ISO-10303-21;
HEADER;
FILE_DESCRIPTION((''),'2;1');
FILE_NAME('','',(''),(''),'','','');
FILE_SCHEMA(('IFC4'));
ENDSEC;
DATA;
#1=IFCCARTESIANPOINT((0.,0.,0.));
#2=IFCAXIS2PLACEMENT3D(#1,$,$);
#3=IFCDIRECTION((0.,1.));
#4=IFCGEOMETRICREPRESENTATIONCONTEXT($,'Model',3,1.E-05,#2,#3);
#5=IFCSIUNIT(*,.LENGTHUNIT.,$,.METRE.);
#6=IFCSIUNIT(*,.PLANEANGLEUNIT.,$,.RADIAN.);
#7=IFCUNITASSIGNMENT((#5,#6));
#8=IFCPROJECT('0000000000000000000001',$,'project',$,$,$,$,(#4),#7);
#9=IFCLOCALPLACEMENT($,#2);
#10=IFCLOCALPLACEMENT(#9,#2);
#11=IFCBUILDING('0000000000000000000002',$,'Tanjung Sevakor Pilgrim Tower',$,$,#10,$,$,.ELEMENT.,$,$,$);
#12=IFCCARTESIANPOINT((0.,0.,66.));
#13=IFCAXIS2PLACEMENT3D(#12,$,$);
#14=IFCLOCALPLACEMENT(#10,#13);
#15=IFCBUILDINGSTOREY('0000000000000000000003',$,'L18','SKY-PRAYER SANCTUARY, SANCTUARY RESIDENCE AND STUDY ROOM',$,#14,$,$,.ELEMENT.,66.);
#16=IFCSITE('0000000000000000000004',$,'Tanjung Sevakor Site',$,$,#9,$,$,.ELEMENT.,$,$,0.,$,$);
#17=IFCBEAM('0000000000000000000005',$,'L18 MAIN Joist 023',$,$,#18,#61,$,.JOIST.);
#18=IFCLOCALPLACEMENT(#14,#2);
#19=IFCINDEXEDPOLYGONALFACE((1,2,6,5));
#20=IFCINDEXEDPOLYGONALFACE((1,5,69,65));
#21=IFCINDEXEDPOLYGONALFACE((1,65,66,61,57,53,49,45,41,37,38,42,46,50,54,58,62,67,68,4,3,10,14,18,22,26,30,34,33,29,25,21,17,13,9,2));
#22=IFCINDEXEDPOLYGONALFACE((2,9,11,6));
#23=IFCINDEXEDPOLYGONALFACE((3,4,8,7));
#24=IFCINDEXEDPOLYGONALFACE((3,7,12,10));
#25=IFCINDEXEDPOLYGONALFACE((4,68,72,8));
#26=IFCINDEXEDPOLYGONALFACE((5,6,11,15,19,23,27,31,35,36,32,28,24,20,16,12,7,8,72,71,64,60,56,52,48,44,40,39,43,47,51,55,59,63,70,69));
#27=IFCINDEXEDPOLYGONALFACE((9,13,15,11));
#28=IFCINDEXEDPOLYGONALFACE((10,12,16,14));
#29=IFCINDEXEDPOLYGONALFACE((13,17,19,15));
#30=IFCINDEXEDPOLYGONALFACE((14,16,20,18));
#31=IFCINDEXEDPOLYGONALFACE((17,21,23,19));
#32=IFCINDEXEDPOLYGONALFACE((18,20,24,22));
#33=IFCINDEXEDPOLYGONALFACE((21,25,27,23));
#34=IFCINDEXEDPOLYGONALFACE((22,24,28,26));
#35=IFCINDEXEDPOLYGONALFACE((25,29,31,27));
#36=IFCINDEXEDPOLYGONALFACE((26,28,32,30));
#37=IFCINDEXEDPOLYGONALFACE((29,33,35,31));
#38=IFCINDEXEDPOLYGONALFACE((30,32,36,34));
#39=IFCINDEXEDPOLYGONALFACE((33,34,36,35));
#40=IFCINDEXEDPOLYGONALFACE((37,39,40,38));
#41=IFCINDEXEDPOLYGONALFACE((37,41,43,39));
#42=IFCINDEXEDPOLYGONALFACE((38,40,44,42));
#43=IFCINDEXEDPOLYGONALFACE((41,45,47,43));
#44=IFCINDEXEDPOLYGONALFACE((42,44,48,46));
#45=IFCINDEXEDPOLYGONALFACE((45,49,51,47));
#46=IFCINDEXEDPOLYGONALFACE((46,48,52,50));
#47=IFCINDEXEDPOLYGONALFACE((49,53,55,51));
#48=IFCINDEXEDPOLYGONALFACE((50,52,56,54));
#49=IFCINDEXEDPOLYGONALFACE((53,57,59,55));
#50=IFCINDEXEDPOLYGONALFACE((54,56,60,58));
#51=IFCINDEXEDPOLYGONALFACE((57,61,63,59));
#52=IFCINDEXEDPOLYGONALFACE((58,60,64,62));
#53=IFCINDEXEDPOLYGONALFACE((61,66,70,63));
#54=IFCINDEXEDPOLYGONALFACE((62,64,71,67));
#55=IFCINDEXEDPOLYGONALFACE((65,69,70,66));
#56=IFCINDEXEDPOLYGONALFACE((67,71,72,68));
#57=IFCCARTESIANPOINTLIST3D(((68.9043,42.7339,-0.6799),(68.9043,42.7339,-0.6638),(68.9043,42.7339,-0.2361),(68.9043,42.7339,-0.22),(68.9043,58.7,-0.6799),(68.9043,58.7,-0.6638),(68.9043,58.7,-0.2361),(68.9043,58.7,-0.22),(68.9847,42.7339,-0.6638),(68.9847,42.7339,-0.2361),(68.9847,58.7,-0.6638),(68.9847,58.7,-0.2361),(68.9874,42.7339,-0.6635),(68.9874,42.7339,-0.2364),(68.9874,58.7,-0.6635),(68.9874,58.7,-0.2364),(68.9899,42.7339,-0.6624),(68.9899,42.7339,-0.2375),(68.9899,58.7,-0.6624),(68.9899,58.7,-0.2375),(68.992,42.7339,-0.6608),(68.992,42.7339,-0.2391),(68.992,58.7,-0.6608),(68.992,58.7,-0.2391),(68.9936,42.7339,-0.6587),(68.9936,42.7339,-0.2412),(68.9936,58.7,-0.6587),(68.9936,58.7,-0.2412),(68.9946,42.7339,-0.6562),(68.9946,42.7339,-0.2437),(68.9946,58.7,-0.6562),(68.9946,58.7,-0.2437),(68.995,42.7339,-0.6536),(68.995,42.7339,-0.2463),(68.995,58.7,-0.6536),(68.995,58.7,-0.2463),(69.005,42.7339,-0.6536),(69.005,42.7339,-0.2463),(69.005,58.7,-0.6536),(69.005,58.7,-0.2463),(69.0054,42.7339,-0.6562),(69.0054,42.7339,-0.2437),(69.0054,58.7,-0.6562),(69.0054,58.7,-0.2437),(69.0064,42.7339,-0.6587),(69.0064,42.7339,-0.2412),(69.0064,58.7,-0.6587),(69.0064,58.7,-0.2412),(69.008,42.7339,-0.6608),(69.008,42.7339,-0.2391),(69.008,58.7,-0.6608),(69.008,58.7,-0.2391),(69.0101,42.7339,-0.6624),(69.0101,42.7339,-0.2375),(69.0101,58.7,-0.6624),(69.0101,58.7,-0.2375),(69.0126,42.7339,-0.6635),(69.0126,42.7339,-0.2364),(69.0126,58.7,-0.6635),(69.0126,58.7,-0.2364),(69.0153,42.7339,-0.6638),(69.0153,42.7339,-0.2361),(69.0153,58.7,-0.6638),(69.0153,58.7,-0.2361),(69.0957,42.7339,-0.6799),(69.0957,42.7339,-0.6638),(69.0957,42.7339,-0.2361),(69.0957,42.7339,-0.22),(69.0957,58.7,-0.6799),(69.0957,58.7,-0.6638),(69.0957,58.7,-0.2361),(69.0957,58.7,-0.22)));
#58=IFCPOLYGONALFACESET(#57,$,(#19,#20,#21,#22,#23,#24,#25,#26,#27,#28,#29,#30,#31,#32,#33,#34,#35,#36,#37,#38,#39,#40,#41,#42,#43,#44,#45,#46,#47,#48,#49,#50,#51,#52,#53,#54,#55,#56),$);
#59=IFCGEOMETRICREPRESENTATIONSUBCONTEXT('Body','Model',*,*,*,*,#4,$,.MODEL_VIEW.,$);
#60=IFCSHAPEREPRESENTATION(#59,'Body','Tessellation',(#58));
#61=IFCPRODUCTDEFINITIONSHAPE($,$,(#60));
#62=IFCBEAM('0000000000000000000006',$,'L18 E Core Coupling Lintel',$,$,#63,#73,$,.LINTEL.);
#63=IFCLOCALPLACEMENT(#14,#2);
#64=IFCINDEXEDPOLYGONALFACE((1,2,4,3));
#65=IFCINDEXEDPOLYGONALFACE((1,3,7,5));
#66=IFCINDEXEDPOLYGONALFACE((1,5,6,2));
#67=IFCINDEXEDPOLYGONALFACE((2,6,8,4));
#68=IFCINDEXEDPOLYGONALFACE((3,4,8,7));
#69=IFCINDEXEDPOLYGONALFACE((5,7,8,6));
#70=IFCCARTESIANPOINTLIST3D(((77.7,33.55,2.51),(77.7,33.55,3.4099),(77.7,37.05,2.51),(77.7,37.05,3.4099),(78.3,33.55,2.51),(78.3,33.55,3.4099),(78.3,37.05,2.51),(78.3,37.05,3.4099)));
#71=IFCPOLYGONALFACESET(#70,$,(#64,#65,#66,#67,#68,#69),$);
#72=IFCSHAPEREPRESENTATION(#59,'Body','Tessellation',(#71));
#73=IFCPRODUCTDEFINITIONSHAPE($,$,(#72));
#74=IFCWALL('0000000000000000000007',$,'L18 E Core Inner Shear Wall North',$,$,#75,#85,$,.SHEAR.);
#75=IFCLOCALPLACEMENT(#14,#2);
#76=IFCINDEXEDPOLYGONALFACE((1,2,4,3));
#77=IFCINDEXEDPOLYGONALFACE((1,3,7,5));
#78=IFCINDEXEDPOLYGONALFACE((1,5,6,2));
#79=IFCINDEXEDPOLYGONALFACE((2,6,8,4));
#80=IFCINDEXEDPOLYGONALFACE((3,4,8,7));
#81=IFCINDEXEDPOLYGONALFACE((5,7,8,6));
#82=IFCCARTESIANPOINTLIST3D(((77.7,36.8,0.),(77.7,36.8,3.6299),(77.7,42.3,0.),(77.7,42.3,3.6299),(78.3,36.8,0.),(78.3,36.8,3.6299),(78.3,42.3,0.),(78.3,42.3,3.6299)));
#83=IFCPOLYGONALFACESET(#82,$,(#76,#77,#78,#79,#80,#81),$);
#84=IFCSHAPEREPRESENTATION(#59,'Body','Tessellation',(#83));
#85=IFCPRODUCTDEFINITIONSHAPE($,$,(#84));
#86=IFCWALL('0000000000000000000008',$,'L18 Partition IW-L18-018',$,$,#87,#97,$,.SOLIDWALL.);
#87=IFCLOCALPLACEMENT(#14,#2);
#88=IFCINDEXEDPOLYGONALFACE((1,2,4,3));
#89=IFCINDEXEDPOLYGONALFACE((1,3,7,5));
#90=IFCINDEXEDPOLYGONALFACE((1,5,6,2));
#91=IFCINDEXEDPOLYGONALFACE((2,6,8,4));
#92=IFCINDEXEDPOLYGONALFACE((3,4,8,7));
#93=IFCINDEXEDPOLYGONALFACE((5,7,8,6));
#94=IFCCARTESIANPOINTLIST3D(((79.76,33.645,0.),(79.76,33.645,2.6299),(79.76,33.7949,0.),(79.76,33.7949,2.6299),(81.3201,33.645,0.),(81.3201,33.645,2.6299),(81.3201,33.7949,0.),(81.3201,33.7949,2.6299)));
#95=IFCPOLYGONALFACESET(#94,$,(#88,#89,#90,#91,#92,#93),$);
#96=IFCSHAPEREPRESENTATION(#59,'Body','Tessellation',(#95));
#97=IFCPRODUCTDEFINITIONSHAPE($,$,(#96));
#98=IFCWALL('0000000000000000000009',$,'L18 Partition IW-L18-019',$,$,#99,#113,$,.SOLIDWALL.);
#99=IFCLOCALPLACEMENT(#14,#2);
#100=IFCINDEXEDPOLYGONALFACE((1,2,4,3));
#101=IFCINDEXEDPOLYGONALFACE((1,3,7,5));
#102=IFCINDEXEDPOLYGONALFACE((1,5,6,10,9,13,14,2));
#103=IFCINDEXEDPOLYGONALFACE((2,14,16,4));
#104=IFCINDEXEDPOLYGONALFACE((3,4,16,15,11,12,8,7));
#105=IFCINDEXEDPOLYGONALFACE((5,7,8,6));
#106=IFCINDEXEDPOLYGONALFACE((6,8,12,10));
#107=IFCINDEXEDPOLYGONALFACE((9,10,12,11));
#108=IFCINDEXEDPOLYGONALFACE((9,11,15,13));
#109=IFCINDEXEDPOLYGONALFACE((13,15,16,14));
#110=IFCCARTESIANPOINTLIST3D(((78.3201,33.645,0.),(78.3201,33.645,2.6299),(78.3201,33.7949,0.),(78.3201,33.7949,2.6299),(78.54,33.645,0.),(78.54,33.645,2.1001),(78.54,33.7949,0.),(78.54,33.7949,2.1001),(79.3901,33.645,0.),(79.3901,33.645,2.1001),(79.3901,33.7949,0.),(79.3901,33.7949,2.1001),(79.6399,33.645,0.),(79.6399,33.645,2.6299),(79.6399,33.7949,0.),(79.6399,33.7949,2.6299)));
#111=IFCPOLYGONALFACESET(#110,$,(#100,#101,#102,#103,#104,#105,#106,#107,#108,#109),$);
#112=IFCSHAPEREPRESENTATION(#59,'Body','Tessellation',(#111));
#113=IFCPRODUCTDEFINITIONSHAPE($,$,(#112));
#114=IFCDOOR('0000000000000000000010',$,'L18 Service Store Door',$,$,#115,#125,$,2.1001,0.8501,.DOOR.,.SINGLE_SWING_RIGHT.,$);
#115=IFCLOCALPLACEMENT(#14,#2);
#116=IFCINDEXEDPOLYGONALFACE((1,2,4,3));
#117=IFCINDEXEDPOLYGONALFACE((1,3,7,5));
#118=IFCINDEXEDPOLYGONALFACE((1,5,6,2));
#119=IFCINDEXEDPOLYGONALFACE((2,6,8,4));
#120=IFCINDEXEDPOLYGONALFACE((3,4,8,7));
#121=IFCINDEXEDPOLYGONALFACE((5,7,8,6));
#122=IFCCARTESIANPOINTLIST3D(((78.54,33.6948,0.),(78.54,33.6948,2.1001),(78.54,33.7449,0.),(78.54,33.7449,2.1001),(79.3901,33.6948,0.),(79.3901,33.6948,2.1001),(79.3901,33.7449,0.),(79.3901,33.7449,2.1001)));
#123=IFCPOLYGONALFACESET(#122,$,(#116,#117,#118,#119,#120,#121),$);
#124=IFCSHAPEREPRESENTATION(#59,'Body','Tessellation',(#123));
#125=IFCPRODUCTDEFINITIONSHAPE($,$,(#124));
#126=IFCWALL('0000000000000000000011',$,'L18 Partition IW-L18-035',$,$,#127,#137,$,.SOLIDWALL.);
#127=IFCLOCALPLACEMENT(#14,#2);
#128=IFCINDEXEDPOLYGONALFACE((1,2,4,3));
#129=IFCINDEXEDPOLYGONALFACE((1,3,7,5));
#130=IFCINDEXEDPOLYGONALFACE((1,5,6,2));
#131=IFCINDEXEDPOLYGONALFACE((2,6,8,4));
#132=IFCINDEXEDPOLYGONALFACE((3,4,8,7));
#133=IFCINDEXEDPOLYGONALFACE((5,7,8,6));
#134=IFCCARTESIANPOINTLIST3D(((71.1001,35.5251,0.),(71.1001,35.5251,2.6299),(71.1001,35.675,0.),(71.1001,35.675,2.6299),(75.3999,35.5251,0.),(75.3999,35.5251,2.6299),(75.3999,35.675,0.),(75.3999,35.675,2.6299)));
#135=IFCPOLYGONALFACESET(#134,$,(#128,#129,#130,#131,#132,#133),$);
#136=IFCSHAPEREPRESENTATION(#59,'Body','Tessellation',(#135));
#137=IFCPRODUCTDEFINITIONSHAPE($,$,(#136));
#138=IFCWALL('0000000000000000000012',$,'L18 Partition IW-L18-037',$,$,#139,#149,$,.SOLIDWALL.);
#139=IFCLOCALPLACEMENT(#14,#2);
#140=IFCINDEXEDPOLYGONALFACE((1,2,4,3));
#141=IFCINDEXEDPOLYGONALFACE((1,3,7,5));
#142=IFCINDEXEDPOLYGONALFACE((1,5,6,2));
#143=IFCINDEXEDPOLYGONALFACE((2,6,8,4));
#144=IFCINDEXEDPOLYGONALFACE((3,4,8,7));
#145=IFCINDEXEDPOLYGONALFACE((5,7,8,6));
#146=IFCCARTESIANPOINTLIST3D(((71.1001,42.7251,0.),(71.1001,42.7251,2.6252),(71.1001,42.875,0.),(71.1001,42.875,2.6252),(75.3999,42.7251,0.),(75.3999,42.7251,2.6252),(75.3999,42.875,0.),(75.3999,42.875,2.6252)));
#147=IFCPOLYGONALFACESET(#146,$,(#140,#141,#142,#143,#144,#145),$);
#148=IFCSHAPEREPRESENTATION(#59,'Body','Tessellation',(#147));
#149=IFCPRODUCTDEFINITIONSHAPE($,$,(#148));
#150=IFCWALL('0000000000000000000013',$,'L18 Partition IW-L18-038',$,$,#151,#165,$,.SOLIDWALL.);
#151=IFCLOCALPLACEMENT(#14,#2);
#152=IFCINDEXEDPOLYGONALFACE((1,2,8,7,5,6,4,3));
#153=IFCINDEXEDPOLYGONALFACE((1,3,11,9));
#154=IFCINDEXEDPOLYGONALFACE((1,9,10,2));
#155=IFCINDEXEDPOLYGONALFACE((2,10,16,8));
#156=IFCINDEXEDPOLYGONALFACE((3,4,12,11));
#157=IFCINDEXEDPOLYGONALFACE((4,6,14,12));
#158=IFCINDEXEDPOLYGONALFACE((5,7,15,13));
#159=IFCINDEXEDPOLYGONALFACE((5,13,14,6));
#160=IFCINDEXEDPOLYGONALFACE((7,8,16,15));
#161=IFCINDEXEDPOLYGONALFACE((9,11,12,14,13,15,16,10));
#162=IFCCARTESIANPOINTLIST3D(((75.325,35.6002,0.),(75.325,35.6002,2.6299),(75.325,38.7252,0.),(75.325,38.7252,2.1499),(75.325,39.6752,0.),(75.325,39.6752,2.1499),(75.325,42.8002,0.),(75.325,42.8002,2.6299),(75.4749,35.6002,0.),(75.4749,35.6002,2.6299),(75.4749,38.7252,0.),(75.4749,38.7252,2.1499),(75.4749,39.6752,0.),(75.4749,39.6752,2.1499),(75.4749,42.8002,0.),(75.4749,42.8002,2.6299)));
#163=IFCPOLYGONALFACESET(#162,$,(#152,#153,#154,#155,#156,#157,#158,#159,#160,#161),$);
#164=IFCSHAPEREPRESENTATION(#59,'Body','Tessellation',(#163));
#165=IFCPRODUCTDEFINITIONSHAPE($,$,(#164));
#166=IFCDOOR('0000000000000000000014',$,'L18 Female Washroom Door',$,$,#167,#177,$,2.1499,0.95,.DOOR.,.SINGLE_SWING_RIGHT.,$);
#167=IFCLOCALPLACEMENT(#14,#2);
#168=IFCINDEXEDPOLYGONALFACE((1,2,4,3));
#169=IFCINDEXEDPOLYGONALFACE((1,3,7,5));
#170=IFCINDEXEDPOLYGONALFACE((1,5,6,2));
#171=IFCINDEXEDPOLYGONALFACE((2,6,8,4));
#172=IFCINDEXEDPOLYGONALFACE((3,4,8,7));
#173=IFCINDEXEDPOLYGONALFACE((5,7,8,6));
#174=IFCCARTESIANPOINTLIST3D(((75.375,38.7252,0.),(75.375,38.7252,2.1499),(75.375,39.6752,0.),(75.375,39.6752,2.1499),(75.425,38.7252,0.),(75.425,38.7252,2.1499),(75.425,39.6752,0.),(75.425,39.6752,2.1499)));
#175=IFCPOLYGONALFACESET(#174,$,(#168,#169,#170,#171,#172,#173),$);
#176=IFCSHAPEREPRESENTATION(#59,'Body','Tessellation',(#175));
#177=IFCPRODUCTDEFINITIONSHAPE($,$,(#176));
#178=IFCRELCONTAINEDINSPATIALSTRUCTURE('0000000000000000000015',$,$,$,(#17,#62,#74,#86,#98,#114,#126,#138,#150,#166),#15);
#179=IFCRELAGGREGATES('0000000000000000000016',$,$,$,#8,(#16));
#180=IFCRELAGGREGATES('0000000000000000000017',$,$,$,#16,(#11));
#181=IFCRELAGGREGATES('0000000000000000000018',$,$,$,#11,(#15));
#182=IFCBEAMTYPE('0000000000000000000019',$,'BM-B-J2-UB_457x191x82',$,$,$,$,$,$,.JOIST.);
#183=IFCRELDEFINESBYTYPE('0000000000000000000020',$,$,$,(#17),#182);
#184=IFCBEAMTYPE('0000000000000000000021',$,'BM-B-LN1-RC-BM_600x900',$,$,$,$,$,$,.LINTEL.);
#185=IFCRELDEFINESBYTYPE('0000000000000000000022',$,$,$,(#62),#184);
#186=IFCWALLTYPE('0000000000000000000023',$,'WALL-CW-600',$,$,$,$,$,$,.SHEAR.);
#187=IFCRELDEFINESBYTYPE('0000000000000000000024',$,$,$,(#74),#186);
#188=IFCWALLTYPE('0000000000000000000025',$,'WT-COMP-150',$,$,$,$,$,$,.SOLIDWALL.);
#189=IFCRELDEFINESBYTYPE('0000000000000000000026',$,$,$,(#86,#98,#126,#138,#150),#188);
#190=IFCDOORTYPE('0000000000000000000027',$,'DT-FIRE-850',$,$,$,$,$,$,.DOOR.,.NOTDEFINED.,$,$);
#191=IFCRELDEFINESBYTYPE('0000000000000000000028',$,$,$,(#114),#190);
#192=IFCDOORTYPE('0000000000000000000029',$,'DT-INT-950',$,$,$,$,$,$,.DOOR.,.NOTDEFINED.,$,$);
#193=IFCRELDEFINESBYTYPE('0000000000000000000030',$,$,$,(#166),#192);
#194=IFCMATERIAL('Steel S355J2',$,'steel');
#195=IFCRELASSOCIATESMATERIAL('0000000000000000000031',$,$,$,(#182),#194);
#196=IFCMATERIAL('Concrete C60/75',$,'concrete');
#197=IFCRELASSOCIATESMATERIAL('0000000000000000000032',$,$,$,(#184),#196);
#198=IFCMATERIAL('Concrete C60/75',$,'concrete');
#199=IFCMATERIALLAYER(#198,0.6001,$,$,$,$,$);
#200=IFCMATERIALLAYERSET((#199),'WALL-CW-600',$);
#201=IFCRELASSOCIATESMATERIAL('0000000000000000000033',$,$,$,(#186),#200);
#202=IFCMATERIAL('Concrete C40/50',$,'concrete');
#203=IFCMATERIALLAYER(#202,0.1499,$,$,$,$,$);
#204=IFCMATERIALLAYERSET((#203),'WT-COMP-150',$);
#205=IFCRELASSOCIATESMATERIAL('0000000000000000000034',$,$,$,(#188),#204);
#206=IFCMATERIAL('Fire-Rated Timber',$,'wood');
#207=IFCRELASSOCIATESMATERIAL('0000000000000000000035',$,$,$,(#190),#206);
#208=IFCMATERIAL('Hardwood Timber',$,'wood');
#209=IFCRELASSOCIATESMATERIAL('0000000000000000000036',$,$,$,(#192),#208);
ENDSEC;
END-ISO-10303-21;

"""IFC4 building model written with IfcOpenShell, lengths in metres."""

from ifc_helpers import new_model, si_unit, direction, frame, frame_2d, origin, origin_2d, place, context, subcontext, project, spatial, rectangle, i_section, extrude, material, layer, layer_set, material_profile, profile_set, type_object, element, fill, save


model = new_model("IFC4")

# Units and contexts
model_context = context("Model", 3, precision=1e-05, world=origin(), true_north=direction((0.0, 1.0)))
body_context = subcontext(model_context, "Body", "Model", "MODEL_VIEW")
ifc_project = project(units=[si_unit("LENGTHUNIT", "METRE"), si_unit("PLANEANGLEUNIT", "RADIAN")], contexts=[model_context])

# Site, building, storey
site_placement = place(None, origin())
site = spatial("IfcSite", under=ifc_project, at=site_placement, Name="Tanjung Sevakor Site", CompositionType="ELEMENT", RefElevation=0.0)
building_placement = place(site_placement, origin())
building = spatial("IfcBuilding", under=site, at=building_placement, Name="Tanjung Sevakor Pilgrim Tower", CompositionType="ELEMENT")
storey_placement = place(building_placement, frame((0.0, 0.0, 66.0)))
storey = spatial("IfcBuildingStorey", under=building, at=storey_placement, Name="L18", Description="SKY-PRAYER SANCTUARY, SANCTUARY RESIDENCE AND STUDY ROOM", CompositionType="ELEMENT", Elevation=66.0)

# Beams
ifc_material_1 = material(Name="Steel S355J2", Category="steel")
ifc_material_profile_1 = material_profile(ifc_material_1, i_section(OverallWidth=0.1914, OverallDepth=0.46, WebThickness=0.01, FlangeThickness=0.0161, FilletRadius=0.0103, at=origin_2d()))
ifc_profile_set_1 = profile_set([ifc_material_profile_1], Name="Steel S355J2")
beam_type_1 = type_object("IfcBeamType", Name="BM-B-J2-UB_457x191x82", PredefinedType="JOIST", material=ifc_profile_set_1)
for number, where, z_axis, x_axis, name in (
    (1, (69.0, 42.7339, -0.45), (0.0, 1.0, 0.0), (-1.0, 0.0, 0.0), "L18 MAIN Joist 023"),
):
    element("IfcBeam", number, at=place(storey_placement, frame(where, z_axis=z_axis, x_axis=x_axis)), inside=storey, type_object=beam_type_1, Name=name, PredefinedType="JOIST", context=body_context, shape_type="SweptSolid", body=[
        extrude(i_section(OverallWidth=0.1914, OverallDepth=0.46, WebThickness=0.01, FlangeThickness=0.0161, FilletRadius=0.0103, at=origin_2d()), origin(), (0.0, 0.0, 1.0), 15.9661),
    ])
ifc_material_2 = material(Name="Concrete C60/75", Category="concrete")
ifc_material_profile_2 = material_profile(ifc_material_2, rectangle(XDim=0.6001, YDim=0.8999, at=origin_2d()))
ifc_profile_set_2 = profile_set([ifc_material_profile_2], Name="Concrete C60/75")
beam_type_2 = type_object("IfcBeamType", Name="BM-B-LN1-RC-BM_600x900", PredefinedType="LINTEL", material=ifc_profile_set_2)
beam_1_placement = place(storey_placement, frame((78.0, 33.55, 2.96), z_axis=(0.0, 1.0, 0.0), x_axis=(-1.0, 0.0, 0.0)))
element("IfcBeam", 2, at=beam_1_placement, inside=storey, type_object=beam_type_2, Name="L18 E Core Coupling Lintel", PredefinedType="LINTEL", context=body_context, shape_type="SweptSolid", body=[
    extrude(rectangle(XDim=0.6001, YDim=0.8999, at=origin_2d()), origin(), (0.0, 0.0, 1.0), 3.5),
])

# Walls
ifc_material_3 = material(Name="Concrete C60/75", Category="concrete")
ifc_layer_1 = layer(ifc_material_3, 0.6001)
ifc_layer_set_1 = layer_set([ifc_layer_1], Name="WALL-CW-600")
wall_type_1 = type_object("IfcWallType", Name="WALL-CW-600", PredefinedType="SHEAR", material=ifc_layer_set_1)
wall_1_placement = place(storey_placement, frame((78.0, 36.8, 0.0), z_axis=(0.0, 0.0, 1.0), x_axis=(0.0, 1.0, 0.0)))
element("IfcWall", 3, at=wall_1_placement, inside=storey, type_object=wall_type_1, Name="L18 E Core Inner Shear Wall North", PredefinedType="SHEAR", context=body_context, shape_type="SweptSolid", body=[
    extrude(rectangle(XDim=5.5, YDim=0.6001, at=frame_2d((2.75, 0.0))), origin(), (0.0, 0.0, 1.0), 3.6299),
])
ifc_material_4 = material(Name="Concrete C40/50", Category="concrete")
ifc_layer_2 = layer(ifc_material_4, 0.1499)
ifc_layer_set_2 = layer_set([ifc_layer_2], Name="WT-COMP-150")
wall_type_2 = type_object("IfcWallType", Name="WT-COMP-150", PredefinedType="SOLIDWALL", material=ifc_layer_set_2)
wall_2_placement = place(storey_placement, frame((79.76, 33.72, 0.0), z_axis=(0.0, 0.0, 1.0), x_axis=(1.0, 0.0, 0.0)))
element("IfcWall", 4, at=wall_2_placement, inside=storey, type_object=wall_type_2, Name="L18 Partition IW-L18-018", PredefinedType="SOLIDWALL", context=body_context, shape_type="SweptSolid", body=[
    extrude(rectangle(XDim=1.5601, YDim=0.1499, at=frame_2d((0.78, 0.0))), origin(), (0.0, 0.0, 1.0), 2.6299),
])

# Wall, opening, door
wall_3_placement = place(storey_placement, frame((78.3201, 33.72, 0.0), z_axis=(0.0, 0.0, 1.0), x_axis=(1.0, 0.0, 0.0)))
wall_3 = element("IfcWall", 5, at=wall_3_placement, inside=storey, type_object=wall_type_2, Name="L18 Partition IW-L18-019", PredefinedType="SOLIDWALL", context=body_context, shape_type="SweptSolid", body=[
    extrude(rectangle(XDim=1.3198, YDim=0.1499, at=frame_2d((0.6599, 0.0))), origin(), (0.0, 0.0, 1.0), 2.6299),
])
opening_1_placement = place(wall_3_placement, frame((0.22, 0.0, 0.0)))
opening_1 = element("IfcOpeningElement", 6, at=opening_1_placement, cuts=wall_3, PredefinedType="OPENING", context=body_context, shape_type="SweptSolid", body=[
    extrude(rectangle(XDim=0.8501, YDim=2.1001, at=frame_2d((0.425, 1.05))), frame((0.0, 0.085, 0.0), z_axis=(0.0, -1.0, 0.0), x_axis=(1.0, 0.0, 0.0)), (0.0, 0.0, 1.0), 0.1699),
])
ifc_material_5 = material(Name="Fire-Rated Timber", Category="wood")
door_type_1 = type_object("IfcDoorType", Name="DT-FIRE-850", OperationType="NOTDEFINED", PredefinedType="DOOR", material=ifc_material_5)
door_1_placement = place(opening_1_placement, origin())
door_1 = element("IfcDoor", 7, at=door_1_placement, inside=storey, type_object=door_type_1, Name="L18 Service Store Door", OperationType="SINGLE_SWING_RIGHT", OverallHeight=2.1001, OverallWidth=0.8501, PredefinedType="DOOR", context=body_context, shape_type="SweptSolid", body=[
    extrude(rectangle(XDim=0.8501, YDim=2.1001, at=frame_2d((0.425, 1.05))), frame((0.0, 0.0249, 0.0), z_axis=(0.0, -1.0, 0.0), x_axis=(1.0, 0.0, 0.0)), (0.0, 0.0, 1.0), 0.05),
])
fill(opening_1, door_1)

# Walls
wall_4_placement = place(storey_placement, frame((71.1001, 35.6001, 0.0), z_axis=(0.0, 0.0, 1.0), x_axis=(1.0, 0.0, 0.0)))
element("IfcWall", 8, at=wall_4_placement, inside=storey, type_object=wall_type_2, Name="L18 Partition IW-L18-035", PredefinedType="SOLIDWALL", context=body_context, shape_type="SweptSolid", body=[
    extrude(rectangle(XDim=4.2998, YDim=0.1499, at=frame_2d((2.1499, 0.0))), origin(), (0.0, 0.0, 1.0), 2.6299),
])
wall_5_placement = place(storey_placement, frame((71.1001, 42.8, 0.0), z_axis=(0.0, 0.0, 1.0), x_axis=(1.0, 0.0, 0.0)))
element("IfcWall", 9, at=wall_5_placement, inside=storey, type_object=wall_type_2, Name="L18 Partition IW-L18-037", PredefinedType="SOLIDWALL", context=body_context, shape_type="SweptSolid", body=[
    extrude(rectangle(XDim=4.2998, YDim=0.1499, at=frame_2d((2.1499, 0.0))), origin(), (0.0, 0.0, 1.0), 2.6252),
])

# Wall, opening, door
wall_6_placement = place(storey_placement, frame((75.3999, 35.6001, 0.0), z_axis=(0.0, 0.0, 1.0), x_axis=(0.0, 1.0, 0.0)))
wall_6 = element("IfcWall", 10, at=wall_6_placement, inside=storey, type_object=wall_type_2, Name="L18 Partition IW-L18-038", PredefinedType="SOLIDWALL", context=body_context, shape_type="SweptSolid", body=[
    extrude(rectangle(XDim=7.2, YDim=0.1499, at=frame_2d((3.6001, 0.0))), origin(), (0.0, 0.0, 1.0), 2.6299),
])
opening_2_placement = place(wall_6_placement, frame((3.125, 0.0, 0.0)))
opening_2 = element("IfcOpeningElement", 11, at=opening_2_placement, cuts=wall_6, PredefinedType="OPENING", context=body_context, shape_type="SweptSolid", body=[
    extrude(rectangle(XDim=0.95, YDim=2.1499, at=frame_2d((0.4751, 1.075))), frame((0.0, 0.085, 0.0), z_axis=(0.0, -1.0, 0.0), x_axis=(1.0, 0.0, 0.0)), (0.0, 0.0, 1.0), 0.1699),
])
ifc_material_6 = material(Name="Hardwood Timber", Category="wood")
door_type_2 = type_object("IfcDoorType", Name="DT-INT-950", OperationType="NOTDEFINED", PredefinedType="DOOR", material=ifc_material_6)
door_2_placement = place(opening_2_placement, origin())
door_2 = element("IfcDoor", 12, at=door_2_placement, inside=storey, type_object=door_type_2, Name="L18 Female Washroom Door", OperationType="SINGLE_SWING_RIGHT", OverallHeight=2.1499, OverallWidth=0.95, PredefinedType="DOOR", context=body_context, shape_type="SweptSolid", body=[
    extrude(rectangle(XDim=0.95, YDim=2.1499, at=frame_2d((0.4751, 1.075))), frame((0.0, 0.0249, 0.0), z_axis=(0.0, -1.0, 0.0), x_axis=(1.0, 0.0, 0.0)), (0.0, 0.0, 1.0), 0.05),
])
fill(opening_2, door_2)

save(model, "model.ifc")
